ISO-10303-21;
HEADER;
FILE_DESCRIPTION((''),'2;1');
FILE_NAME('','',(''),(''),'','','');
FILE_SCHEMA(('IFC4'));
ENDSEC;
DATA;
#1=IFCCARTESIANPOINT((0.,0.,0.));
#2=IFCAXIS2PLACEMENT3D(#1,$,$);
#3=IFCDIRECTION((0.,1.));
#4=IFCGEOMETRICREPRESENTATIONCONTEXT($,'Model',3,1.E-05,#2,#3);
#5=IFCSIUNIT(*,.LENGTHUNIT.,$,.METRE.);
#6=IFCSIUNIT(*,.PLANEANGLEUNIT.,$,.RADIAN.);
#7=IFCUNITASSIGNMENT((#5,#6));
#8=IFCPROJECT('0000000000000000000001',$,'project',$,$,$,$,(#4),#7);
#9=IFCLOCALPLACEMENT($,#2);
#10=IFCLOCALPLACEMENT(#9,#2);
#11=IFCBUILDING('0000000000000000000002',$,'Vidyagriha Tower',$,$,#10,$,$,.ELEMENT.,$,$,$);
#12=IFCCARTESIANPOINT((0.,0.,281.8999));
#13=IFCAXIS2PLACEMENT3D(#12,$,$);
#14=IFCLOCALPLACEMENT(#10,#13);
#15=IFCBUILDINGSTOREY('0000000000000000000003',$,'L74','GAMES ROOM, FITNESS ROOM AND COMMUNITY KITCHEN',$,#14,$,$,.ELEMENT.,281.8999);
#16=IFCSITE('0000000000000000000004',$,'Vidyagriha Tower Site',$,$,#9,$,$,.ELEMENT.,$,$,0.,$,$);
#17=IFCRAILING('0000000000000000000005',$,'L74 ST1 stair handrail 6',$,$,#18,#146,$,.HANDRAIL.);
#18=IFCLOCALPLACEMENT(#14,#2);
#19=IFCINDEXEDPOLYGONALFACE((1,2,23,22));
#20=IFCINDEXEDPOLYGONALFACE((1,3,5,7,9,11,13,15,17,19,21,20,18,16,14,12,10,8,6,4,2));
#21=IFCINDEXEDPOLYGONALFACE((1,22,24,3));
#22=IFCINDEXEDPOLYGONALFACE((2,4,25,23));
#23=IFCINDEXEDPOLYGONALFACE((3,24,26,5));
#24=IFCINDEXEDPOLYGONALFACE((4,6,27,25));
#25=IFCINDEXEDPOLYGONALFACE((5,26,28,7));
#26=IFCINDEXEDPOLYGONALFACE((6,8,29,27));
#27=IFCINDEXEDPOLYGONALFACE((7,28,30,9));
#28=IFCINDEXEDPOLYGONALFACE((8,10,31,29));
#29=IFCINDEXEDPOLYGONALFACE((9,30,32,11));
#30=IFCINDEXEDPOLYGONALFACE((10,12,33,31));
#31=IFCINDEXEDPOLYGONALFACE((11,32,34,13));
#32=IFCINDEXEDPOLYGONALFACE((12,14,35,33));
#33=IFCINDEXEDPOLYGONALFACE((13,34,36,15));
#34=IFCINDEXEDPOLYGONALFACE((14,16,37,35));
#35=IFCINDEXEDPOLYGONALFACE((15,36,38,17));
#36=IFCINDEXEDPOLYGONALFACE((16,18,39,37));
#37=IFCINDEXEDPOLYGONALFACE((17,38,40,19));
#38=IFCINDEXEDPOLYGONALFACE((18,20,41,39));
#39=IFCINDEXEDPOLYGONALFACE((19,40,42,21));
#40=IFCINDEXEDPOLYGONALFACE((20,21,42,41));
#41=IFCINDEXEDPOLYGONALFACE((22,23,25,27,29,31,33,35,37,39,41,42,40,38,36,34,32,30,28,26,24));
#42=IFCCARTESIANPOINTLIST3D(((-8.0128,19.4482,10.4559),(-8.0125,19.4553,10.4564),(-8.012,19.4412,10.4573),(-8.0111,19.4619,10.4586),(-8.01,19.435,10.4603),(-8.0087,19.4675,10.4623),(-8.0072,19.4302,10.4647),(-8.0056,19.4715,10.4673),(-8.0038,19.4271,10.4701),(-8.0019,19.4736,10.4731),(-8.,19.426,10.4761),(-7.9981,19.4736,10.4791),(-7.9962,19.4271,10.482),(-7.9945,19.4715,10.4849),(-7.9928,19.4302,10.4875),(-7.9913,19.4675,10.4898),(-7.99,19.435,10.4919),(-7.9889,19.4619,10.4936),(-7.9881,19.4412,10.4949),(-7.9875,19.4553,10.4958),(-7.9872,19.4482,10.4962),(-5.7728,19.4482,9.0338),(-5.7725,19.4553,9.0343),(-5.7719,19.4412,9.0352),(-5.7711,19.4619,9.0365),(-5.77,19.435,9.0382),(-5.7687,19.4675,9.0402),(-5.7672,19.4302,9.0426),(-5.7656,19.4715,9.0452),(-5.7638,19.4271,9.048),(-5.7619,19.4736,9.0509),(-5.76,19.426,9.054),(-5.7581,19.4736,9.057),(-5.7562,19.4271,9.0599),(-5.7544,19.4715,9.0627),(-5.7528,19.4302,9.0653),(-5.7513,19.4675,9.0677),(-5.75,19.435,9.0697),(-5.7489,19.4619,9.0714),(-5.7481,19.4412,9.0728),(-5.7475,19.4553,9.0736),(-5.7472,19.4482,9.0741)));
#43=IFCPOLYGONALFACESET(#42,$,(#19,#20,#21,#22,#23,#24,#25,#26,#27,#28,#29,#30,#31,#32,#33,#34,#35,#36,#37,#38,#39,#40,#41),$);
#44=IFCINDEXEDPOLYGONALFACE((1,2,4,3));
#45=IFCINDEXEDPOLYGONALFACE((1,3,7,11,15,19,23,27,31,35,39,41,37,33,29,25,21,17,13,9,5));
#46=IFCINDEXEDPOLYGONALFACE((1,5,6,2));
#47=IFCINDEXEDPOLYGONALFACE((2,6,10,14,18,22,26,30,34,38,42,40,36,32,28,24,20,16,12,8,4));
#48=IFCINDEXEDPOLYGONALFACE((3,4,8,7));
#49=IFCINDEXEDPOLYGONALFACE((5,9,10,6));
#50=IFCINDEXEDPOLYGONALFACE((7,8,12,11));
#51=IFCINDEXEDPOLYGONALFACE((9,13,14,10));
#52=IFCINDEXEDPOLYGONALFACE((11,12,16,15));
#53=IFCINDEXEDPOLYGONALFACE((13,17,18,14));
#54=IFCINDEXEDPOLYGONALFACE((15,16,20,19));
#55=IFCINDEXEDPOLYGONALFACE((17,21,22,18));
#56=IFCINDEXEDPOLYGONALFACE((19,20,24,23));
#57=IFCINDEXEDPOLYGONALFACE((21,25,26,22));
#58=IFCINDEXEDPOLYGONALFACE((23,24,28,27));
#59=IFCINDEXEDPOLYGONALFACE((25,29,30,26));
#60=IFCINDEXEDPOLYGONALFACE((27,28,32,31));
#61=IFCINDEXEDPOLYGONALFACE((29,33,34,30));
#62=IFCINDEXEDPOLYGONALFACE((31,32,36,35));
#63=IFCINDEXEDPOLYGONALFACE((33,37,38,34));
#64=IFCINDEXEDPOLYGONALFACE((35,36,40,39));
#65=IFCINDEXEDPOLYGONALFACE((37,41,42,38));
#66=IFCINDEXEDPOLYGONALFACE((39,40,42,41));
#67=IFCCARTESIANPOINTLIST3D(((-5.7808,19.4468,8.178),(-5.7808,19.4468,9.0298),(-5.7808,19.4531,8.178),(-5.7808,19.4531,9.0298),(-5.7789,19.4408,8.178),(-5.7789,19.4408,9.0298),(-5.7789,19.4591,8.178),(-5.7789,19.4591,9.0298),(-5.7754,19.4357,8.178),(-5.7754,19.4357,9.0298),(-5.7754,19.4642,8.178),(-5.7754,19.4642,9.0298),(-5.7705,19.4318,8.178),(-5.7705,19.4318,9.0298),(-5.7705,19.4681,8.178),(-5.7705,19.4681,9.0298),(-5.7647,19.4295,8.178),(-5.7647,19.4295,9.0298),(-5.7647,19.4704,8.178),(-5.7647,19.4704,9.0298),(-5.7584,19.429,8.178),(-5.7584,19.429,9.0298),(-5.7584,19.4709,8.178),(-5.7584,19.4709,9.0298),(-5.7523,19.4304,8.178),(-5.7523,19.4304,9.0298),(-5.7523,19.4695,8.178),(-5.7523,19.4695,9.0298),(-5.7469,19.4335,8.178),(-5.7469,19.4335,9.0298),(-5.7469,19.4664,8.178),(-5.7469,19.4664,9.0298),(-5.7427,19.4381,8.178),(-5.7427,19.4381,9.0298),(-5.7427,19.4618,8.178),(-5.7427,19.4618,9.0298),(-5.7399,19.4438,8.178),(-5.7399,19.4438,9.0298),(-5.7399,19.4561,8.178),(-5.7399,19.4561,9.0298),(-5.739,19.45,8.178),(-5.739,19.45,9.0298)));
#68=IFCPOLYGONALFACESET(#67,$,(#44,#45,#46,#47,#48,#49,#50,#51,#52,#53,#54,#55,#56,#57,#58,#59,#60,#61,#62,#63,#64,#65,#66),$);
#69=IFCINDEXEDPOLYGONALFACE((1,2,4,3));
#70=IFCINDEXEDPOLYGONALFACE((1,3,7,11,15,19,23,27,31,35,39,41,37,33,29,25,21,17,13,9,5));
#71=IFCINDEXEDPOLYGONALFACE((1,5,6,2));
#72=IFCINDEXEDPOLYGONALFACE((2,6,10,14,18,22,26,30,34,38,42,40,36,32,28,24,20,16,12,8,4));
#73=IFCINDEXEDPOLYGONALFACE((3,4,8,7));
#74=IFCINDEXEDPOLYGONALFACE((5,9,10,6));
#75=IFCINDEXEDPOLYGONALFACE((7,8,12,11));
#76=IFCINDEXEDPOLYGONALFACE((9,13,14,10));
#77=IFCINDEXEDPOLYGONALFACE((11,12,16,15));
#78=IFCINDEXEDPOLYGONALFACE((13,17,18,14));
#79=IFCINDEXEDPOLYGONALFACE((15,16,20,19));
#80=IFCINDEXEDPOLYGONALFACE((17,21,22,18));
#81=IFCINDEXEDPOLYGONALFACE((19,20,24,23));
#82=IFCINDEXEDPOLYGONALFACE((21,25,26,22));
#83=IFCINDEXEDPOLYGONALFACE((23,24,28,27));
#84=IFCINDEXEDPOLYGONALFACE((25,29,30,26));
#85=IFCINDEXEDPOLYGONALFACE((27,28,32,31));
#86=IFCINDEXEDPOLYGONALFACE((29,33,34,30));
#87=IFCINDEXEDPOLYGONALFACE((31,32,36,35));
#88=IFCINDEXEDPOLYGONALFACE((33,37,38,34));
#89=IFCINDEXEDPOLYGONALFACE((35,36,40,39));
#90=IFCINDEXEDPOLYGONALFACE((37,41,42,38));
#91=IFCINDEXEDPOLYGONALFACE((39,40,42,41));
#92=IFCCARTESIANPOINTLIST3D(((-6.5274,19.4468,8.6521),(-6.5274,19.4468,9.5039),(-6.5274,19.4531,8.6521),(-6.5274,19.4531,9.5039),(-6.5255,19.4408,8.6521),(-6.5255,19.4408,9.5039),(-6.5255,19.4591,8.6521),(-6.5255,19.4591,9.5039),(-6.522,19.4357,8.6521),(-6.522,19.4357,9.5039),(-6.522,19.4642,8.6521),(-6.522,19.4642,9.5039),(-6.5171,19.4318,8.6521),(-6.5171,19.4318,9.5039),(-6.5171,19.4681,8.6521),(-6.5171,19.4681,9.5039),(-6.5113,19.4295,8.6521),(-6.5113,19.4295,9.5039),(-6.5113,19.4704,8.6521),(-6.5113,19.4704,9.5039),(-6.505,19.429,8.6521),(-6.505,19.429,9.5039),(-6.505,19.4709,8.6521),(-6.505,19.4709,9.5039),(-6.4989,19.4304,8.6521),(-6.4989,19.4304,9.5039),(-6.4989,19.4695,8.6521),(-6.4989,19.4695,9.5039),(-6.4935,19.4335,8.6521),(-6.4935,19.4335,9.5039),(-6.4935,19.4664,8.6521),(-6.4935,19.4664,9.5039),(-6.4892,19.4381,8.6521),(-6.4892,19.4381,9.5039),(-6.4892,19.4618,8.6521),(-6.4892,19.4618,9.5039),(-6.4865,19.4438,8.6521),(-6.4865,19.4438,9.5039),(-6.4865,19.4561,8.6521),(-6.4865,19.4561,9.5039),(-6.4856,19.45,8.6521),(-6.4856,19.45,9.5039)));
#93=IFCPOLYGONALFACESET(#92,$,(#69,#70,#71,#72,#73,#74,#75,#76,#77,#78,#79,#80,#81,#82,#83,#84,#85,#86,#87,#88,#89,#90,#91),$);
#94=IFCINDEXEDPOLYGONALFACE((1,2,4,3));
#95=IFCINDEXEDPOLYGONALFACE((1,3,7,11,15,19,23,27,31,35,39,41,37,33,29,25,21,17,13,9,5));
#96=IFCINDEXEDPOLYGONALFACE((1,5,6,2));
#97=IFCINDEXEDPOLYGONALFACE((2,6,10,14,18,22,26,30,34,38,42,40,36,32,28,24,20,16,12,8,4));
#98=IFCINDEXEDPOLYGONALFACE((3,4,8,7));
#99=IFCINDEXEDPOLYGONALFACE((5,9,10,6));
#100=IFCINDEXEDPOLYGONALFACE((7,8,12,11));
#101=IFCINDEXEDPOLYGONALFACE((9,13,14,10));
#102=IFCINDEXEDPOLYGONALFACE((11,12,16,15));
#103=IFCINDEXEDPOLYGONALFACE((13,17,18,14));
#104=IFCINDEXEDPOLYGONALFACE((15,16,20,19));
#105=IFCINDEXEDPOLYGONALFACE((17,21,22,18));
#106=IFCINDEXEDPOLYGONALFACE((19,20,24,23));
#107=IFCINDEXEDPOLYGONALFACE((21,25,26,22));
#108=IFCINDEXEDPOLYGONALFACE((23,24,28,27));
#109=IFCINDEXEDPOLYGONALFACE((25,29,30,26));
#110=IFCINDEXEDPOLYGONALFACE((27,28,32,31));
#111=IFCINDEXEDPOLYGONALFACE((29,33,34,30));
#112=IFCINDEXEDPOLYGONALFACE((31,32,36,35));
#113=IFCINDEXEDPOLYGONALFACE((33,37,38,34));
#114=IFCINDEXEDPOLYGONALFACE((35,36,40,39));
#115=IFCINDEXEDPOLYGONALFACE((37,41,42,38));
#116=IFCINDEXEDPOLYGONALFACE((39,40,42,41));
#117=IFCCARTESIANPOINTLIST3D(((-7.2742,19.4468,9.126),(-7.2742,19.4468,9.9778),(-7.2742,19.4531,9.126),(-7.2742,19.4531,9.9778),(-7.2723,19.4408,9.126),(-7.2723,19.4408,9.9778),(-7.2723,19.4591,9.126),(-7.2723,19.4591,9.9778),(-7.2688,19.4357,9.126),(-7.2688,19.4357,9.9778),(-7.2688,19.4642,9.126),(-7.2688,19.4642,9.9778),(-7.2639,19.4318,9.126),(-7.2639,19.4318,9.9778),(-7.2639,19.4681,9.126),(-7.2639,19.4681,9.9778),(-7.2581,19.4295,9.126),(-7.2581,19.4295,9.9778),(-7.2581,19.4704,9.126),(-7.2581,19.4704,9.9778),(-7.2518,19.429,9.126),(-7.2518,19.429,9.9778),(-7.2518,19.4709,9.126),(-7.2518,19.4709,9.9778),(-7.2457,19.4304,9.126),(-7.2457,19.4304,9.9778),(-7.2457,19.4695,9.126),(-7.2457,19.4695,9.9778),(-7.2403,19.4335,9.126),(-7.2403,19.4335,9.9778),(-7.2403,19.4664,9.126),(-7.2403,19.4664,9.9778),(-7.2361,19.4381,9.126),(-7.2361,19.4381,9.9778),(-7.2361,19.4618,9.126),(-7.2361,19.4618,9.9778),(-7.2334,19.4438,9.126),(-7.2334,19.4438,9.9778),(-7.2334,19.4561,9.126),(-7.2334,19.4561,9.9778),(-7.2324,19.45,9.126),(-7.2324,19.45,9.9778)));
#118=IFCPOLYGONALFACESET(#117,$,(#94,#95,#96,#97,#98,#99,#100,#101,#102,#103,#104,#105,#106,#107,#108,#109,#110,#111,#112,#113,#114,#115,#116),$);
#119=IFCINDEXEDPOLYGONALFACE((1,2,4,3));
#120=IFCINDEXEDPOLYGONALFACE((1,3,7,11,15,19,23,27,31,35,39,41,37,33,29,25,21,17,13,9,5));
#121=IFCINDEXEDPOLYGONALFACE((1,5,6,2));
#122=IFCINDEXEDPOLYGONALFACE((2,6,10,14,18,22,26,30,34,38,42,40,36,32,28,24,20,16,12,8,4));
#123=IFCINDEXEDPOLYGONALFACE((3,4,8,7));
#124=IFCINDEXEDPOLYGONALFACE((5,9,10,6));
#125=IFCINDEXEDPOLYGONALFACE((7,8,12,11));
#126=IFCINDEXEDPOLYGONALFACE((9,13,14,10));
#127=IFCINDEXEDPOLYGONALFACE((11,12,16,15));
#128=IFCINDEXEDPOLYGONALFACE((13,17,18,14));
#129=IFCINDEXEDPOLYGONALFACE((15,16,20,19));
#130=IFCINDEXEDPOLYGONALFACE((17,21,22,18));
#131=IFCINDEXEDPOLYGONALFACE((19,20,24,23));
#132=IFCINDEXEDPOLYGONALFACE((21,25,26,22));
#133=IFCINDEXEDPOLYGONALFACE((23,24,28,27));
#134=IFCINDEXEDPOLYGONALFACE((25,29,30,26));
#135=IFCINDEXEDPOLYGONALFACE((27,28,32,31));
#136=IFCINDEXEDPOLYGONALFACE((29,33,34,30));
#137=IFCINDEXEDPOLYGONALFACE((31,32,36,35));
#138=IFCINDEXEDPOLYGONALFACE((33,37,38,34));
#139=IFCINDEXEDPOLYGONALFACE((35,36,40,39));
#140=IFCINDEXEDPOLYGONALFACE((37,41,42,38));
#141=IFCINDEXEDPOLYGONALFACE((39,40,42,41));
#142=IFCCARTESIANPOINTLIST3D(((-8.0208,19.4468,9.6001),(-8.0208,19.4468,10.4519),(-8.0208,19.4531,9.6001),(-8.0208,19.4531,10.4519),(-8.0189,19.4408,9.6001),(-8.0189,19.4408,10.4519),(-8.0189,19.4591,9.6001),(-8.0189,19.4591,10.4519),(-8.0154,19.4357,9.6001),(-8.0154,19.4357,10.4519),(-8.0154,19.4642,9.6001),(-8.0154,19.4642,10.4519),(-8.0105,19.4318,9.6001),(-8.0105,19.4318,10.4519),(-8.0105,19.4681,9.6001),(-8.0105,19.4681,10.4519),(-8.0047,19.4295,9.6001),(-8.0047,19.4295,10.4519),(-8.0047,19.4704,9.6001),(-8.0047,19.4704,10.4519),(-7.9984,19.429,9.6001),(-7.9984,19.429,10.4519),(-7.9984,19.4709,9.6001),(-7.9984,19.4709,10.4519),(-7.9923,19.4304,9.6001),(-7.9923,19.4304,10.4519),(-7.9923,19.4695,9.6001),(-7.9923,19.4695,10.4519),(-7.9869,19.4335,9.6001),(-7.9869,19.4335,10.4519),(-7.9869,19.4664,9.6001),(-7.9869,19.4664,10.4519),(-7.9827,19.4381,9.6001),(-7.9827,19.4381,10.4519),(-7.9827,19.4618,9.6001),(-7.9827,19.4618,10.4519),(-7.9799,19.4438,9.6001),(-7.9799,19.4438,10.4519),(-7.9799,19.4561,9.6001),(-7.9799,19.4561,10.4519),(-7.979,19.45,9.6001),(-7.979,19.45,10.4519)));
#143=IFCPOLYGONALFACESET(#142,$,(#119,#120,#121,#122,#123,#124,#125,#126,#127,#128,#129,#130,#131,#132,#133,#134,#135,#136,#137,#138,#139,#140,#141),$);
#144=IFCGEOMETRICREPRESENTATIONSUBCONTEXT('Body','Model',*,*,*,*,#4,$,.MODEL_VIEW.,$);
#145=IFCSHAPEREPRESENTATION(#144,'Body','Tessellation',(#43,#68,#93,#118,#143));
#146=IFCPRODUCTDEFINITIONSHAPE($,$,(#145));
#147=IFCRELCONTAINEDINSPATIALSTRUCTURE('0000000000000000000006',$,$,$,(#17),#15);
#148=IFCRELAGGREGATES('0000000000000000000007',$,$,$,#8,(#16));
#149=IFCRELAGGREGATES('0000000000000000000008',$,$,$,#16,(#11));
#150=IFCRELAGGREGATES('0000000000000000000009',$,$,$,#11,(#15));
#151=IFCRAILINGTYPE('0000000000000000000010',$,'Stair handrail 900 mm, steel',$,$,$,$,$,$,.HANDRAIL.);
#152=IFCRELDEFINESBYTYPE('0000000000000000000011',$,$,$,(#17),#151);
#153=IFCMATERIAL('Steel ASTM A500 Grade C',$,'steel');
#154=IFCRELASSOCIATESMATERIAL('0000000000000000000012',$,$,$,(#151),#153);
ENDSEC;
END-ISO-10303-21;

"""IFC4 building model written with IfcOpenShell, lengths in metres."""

from ifc_helpers import new_model, si_unit, direction, frame, origin, origin_2d, place, context, subcontext, project, spatial, circle, extrude, material, type_object, element, save


model = new_model("IFC4")

# Units and contexts
model_context = context("Model", 3, precision=1e-05, world=origin(), true_north=direction((0.0, 1.0)))
body_context = subcontext(model_context, "Body", "Model", "MODEL_VIEW")
ifc_project = project(units=[si_unit("LENGTHUNIT", "METRE"), si_unit("PLANEANGLEUNIT", "RADIAN")], contexts=[model_context])

# Site, building, storey
site_placement = place(None, origin())
site = spatial("IfcSite", under=ifc_project, at=site_placement, Name="Vidyagriha Tower Site", CompositionType="ELEMENT", RefElevation=0.0)
building_placement = place(site_placement, origin())
building = spatial("IfcBuilding", under=site, at=building_placement, Name="Vidyagriha Tower", CompositionType="ELEMENT")
storey_placement = place(building_placement, frame((0.0, 0.0, 281.8999)))
storey = spatial("IfcBuildingStorey", under=building, at=storey_placement, Name="L74", Description="GAMES ROOM, FITNESS ROOM AND COMMUNITY KITCHEN", CompositionType="ELEMENT", Elevation=281.8999)

# Railing
ifc_material_1 = material(Name="Steel ASTM A500 Grade C", Category="steel")
railing_type_1 = type_object("IfcRailingType", Name="Stair handrail 900 mm, steel", PredefinedType="HANDRAIL", material=ifc_material_1)
railing_1_placement = place(storey_placement, frame((-5.76, 19.45, 8.178)))
element("IfcRailing", 1, at=railing_1_placement, inside=storey, type_object=railing_type_1, Name="L74 ST1 stair handrail 6", PredefinedType="HANDRAIL", context=body_context, shape_type="SweptSolid", body=[
    extrude(circle(Radius=0.0239, at=origin_2d()), frame((0.0, 0.0, 0.876), z_axis=(-0.844229, 0.0, 0.535982), x_axis=(0.0, -1.0, 0.0)), (0.0, 0.0, 1.0), 2.6533),
    extrude(circle(Radius=0.021, at=origin_2d()), origin(), (0.0, 0.0, 1.0), 0.8518),
    extrude(circle(Radius=0.021, at=origin_2d()), frame((-0.7466, 0.0, 0.4741)), (0.0, 0.0, 1.0), 0.8518),
    extrude(circle(Radius=0.021, at=origin_2d()), frame((-1.4934, 0.0, 0.948)), (0.0, 0.0, 1.0), 0.8518),
    extrude(circle(Radius=0.021, at=origin_2d()), frame((-2.24, 0.0, 1.4221)), (0.0, 0.0, 1.0), 0.8518),
])

save(model, "model.ifc")
